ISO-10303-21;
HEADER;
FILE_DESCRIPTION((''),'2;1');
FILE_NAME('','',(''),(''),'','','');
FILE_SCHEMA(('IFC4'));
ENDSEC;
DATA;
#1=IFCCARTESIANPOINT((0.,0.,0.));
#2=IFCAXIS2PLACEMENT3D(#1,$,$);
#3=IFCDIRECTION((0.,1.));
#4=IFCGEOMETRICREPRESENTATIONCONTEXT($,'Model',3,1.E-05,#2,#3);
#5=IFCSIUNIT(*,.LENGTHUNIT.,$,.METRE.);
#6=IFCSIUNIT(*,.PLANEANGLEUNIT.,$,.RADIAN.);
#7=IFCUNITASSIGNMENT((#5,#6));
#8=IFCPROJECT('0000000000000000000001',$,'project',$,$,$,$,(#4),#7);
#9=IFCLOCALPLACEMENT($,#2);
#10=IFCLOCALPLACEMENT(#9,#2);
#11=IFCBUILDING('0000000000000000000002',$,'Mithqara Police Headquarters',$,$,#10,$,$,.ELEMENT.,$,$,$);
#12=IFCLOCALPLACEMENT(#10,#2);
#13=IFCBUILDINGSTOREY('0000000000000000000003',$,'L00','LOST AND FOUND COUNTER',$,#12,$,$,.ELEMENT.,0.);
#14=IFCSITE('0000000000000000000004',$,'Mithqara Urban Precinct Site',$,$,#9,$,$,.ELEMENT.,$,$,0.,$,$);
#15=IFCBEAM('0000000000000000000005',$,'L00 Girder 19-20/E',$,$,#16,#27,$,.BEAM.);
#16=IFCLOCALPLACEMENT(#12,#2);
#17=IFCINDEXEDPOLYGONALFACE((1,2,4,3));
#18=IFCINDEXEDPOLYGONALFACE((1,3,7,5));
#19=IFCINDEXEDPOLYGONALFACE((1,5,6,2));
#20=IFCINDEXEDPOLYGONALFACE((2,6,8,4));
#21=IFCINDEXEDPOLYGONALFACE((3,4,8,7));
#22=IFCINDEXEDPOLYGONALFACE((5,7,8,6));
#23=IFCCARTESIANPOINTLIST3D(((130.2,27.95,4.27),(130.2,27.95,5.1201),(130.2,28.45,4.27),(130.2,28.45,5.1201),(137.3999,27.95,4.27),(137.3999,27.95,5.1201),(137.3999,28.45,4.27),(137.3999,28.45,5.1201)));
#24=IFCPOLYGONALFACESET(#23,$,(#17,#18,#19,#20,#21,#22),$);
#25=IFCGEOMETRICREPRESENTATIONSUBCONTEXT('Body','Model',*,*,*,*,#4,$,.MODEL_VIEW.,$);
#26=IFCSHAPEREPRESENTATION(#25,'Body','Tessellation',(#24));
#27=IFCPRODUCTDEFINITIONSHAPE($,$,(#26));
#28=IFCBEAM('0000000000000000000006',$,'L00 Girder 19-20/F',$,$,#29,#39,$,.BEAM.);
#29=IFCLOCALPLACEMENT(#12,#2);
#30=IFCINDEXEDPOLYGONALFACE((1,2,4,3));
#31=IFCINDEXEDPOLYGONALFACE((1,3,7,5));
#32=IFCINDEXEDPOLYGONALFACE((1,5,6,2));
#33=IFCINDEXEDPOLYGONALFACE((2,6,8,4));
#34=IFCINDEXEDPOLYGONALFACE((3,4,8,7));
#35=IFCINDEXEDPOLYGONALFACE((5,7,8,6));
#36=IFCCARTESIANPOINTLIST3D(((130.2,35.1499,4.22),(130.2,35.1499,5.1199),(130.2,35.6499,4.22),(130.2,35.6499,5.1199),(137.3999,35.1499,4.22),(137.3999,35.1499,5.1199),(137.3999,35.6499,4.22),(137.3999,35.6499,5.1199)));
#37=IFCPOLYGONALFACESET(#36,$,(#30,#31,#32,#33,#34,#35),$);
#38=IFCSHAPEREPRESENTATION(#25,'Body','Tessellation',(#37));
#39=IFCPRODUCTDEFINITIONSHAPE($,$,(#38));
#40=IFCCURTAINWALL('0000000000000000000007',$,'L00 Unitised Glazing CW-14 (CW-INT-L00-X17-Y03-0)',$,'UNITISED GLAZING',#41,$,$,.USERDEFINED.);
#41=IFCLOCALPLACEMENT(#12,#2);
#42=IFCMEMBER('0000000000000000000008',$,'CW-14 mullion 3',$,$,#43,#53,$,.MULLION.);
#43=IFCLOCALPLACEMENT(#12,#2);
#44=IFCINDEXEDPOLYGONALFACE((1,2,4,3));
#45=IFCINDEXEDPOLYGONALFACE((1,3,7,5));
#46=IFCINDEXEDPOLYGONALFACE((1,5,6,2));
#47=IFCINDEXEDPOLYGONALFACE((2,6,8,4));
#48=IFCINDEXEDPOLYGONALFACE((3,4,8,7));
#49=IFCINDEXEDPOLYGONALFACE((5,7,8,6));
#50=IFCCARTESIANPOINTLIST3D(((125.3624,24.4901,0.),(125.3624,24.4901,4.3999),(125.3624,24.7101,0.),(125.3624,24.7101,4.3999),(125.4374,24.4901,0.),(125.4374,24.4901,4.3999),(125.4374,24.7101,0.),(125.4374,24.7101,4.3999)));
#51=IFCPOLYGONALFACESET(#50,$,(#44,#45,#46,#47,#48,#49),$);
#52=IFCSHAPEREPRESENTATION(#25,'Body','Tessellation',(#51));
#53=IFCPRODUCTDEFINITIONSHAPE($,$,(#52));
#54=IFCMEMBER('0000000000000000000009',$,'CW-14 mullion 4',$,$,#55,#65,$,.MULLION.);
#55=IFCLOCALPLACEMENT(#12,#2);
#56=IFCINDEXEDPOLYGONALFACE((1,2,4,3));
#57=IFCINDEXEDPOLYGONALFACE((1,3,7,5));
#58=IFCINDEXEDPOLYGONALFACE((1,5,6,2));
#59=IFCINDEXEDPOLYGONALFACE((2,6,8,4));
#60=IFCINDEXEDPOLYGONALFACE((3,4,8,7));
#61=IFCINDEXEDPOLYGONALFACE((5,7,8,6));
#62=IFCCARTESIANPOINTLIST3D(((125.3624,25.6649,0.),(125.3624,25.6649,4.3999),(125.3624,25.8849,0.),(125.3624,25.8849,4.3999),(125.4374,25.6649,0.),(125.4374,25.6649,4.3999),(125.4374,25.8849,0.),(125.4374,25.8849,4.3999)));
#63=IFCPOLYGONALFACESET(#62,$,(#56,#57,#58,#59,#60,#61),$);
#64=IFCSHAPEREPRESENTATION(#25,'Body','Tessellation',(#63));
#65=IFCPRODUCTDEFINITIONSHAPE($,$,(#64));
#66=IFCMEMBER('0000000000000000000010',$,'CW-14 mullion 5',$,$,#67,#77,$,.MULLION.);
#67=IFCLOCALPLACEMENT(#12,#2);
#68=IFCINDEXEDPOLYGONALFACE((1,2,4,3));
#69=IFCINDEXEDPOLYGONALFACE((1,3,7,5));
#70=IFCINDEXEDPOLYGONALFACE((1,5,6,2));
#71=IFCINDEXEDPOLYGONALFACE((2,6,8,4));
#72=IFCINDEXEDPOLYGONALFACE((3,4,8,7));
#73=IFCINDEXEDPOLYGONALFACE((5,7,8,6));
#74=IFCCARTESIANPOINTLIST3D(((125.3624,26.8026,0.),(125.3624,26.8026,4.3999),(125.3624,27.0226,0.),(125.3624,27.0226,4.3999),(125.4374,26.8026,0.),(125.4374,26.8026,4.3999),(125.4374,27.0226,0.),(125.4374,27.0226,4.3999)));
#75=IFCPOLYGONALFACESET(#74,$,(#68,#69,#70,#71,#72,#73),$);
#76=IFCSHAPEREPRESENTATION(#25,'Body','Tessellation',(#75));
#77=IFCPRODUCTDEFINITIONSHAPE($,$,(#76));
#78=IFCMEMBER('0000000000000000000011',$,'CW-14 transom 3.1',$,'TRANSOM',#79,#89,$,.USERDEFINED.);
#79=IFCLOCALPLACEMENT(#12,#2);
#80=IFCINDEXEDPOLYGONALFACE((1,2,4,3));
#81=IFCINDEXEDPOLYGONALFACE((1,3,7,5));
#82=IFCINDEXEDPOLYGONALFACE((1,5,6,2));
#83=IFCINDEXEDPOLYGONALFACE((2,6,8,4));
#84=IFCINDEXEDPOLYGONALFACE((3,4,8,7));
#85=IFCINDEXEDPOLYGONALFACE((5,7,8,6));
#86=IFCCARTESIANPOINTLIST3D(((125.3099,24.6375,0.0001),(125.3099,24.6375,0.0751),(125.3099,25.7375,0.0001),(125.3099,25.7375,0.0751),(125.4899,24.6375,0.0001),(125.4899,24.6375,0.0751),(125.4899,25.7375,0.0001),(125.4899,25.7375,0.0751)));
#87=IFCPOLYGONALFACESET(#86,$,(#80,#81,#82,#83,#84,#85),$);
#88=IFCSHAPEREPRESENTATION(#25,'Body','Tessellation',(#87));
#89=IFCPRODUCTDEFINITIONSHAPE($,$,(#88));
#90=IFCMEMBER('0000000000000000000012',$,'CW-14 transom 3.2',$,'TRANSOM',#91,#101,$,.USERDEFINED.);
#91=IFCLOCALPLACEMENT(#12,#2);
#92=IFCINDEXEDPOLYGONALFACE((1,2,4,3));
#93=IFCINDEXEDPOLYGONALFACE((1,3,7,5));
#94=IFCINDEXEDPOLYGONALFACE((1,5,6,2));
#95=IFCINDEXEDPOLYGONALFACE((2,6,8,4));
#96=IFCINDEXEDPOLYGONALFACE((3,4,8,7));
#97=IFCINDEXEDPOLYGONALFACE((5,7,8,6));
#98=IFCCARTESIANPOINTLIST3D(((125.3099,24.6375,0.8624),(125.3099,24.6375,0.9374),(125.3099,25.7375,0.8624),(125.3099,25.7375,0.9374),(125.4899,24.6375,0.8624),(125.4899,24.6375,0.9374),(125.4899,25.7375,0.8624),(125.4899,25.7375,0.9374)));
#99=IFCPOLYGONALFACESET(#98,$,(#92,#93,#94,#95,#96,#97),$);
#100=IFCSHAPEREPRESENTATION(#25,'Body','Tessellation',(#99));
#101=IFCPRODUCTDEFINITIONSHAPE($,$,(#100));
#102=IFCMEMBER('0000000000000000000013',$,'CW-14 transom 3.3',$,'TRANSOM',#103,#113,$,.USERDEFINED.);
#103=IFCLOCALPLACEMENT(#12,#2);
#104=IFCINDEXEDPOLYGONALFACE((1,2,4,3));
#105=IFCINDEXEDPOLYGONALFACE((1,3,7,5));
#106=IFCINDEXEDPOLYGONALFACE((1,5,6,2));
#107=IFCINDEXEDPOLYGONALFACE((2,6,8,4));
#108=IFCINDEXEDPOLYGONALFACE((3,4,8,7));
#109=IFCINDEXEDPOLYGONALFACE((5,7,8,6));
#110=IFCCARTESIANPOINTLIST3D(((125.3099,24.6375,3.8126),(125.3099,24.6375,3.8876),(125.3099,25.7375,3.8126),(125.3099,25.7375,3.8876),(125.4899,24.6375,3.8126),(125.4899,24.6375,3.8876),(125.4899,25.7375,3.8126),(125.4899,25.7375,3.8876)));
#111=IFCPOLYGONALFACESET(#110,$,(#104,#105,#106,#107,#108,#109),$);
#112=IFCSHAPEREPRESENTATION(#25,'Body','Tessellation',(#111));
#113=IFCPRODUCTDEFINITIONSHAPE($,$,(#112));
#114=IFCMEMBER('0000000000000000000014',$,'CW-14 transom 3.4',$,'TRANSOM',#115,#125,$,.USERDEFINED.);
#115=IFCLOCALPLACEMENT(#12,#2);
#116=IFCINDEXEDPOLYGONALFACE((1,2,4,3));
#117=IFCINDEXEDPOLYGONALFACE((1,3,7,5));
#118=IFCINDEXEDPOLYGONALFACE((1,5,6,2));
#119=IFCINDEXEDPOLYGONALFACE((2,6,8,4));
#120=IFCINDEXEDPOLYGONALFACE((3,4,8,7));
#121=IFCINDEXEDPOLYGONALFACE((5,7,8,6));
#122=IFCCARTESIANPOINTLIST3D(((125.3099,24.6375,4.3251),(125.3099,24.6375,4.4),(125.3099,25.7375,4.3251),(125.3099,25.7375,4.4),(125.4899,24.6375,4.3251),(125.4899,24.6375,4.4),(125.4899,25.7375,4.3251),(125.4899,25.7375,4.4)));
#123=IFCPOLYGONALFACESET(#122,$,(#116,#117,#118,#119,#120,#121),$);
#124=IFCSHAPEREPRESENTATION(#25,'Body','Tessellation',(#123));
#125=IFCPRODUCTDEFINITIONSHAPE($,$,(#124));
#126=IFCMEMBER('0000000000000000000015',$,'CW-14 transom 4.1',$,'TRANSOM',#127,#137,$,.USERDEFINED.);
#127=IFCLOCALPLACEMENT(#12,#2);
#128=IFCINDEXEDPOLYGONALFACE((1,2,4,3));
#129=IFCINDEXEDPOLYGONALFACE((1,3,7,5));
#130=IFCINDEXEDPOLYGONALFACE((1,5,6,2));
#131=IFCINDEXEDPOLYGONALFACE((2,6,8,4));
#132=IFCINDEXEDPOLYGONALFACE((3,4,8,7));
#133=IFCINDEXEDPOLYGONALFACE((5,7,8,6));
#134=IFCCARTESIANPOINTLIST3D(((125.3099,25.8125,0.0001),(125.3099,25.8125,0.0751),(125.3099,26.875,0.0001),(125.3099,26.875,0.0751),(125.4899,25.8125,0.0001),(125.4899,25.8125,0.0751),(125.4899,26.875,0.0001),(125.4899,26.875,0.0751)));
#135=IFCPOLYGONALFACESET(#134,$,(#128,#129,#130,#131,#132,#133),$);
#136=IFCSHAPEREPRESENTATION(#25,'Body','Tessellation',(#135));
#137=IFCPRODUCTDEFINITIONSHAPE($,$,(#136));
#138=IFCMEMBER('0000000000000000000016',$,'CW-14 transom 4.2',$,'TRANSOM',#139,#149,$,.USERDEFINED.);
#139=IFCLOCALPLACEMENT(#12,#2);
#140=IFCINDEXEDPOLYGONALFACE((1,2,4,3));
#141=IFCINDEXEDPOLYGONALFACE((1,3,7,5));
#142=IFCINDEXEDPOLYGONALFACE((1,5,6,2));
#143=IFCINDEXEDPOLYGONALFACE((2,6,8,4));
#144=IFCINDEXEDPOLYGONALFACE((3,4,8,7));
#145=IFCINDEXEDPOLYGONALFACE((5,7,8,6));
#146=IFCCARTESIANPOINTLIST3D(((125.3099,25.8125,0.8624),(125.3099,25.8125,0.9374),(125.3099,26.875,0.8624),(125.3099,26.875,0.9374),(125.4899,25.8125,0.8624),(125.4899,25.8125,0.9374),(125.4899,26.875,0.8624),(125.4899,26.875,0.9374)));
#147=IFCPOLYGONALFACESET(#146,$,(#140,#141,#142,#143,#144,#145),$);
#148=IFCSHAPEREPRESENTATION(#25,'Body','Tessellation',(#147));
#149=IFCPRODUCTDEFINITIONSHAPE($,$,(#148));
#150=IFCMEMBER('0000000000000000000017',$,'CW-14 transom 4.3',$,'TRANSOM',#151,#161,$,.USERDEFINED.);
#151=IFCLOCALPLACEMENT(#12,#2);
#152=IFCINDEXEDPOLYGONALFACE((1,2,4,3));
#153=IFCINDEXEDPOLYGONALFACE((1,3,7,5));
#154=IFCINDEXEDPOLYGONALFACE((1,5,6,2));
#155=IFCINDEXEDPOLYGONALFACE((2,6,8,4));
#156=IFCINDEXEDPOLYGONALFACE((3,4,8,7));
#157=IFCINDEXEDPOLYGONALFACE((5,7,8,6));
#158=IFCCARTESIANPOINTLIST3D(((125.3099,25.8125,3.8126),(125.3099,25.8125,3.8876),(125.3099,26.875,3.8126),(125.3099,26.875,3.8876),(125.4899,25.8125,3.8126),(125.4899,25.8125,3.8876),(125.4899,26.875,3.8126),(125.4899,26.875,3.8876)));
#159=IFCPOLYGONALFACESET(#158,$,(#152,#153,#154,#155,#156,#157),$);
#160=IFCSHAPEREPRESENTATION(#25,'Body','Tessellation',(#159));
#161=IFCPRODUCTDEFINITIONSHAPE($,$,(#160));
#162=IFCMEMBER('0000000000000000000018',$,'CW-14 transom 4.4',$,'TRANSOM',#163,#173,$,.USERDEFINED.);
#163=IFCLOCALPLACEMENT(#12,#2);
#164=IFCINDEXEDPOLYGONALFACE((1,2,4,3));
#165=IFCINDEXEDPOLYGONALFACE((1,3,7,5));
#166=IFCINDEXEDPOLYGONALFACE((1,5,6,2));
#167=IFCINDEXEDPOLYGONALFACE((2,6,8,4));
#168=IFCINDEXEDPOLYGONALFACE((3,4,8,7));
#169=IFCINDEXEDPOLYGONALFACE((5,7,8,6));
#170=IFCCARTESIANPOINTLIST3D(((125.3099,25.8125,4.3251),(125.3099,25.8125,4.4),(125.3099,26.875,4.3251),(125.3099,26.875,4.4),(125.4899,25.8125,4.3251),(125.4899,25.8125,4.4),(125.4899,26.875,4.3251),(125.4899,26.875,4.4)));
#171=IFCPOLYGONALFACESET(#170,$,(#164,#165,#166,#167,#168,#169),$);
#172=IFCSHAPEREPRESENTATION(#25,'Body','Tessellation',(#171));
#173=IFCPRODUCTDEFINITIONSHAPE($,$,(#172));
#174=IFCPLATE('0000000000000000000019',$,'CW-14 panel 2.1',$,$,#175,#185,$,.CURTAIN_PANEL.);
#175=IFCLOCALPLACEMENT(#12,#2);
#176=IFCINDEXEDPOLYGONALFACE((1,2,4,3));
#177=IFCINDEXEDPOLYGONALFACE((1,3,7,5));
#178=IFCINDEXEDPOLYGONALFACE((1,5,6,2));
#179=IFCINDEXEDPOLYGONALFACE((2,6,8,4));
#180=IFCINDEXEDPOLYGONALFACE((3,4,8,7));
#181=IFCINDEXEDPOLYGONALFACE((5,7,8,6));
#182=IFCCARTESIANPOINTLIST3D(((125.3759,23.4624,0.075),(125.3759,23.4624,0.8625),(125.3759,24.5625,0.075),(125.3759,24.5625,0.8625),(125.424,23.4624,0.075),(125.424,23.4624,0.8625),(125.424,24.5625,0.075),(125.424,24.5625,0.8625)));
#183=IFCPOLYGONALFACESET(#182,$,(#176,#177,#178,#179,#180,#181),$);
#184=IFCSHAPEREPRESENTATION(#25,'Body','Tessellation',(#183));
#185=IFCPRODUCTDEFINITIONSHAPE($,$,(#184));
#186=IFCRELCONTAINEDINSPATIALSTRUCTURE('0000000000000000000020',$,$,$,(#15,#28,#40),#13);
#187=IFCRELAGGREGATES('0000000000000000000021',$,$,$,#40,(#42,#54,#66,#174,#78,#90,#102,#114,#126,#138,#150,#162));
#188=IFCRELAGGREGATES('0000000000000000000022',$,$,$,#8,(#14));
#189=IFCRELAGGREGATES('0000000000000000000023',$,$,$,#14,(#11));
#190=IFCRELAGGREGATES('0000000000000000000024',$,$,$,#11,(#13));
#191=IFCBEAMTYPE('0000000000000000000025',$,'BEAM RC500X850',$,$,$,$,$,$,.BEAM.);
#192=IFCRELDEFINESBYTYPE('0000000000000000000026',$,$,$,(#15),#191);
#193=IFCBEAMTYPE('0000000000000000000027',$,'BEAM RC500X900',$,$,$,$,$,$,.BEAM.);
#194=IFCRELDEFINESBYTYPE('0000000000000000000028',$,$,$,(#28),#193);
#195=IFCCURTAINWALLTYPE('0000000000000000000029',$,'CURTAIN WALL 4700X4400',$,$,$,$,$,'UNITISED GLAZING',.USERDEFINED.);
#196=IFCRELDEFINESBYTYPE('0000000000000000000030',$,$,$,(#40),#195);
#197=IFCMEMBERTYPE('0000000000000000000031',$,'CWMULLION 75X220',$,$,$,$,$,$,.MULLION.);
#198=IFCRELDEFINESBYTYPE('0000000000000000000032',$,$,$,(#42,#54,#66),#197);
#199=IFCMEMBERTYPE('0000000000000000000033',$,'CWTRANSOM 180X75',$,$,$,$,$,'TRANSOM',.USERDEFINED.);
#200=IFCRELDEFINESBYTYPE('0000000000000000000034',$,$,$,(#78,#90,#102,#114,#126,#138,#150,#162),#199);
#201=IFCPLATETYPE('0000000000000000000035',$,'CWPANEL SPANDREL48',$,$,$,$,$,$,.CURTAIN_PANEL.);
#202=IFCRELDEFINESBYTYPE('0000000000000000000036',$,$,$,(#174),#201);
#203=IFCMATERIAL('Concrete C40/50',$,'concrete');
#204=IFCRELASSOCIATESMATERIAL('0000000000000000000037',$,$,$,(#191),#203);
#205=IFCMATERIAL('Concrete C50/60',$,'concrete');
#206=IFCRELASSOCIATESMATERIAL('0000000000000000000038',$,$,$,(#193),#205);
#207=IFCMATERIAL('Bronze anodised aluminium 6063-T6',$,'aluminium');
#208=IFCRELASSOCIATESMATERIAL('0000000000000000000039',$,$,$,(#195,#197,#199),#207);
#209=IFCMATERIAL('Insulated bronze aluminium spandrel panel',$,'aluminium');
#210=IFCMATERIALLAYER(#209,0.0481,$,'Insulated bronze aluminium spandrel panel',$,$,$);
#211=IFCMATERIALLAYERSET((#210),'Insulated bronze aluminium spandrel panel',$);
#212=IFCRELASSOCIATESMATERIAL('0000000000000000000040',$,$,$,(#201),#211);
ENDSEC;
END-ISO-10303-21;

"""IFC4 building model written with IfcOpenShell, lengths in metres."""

from ifc_helpers import new_model, si_unit, direction, frame, origin, origin_2d, place, context, subcontext, project, spatial, rectangle, extrude, material, layer, layer_set, material_profile, profile_set, type_object, element, aggregate, save


model = new_model("IFC4")

# Units and contexts
model_context = context("Model", 3, precision=1e-05, world=origin(), true_north=direction((0.0, 1.0)))
body_context = subcontext(model_context, "Body", "Model", "MODEL_VIEW")
ifc_project = project(units=[si_unit("LENGTHUNIT", "METRE"), si_unit("PLANEANGLEUNIT", "RADIAN")], contexts=[model_context])

# Site, building, storey
site_placement = place(None, origin())
site = spatial("IfcSite", under=ifc_project, at=site_placement, Name="Mithqara Urban Precinct Site", CompositionType="ELEMENT", RefElevation=0.0)
building_placement = place(site_placement, origin())
building = spatial("IfcBuilding", under=site, at=building_placement, Name="Mithqara Police Headquarters", CompositionType="ELEMENT")
storey_placement = place(building_placement, origin())
storey = spatial("IfcBuildingStorey", under=building, at=storey_placement, Name="L00", Description="LOST AND FOUND COUNTER", CompositionType="ELEMENT", Elevation=0.0)

# Shared definitions
ifc_material_1 = material(Name="Concrete C50/60", Category="concrete")

# Beams
ifc_material_2 = material(Name="Concrete C40/50", Category="concrete")
ifc_material_profile_1 = material_profile(ifc_material_2, rectangle(XDim=0.5, YDim=0.8501, at=origin_2d()), Name="RC 500x850")
ifc_profile_set_1 = profile_set([ifc_material_profile_1], Name="Concrete C40/50")
beam_type_1 = type_object("IfcBeamType", Name="BEAM RC500X850", PredefinedType="BEAM", material=ifc_profile_set_1)
beam_1_placement = place(storey_placement, frame((130.2, 28.2, 4.6951), z_axis=(1.0, 0.0, 0.0), x_axis=(0.0, 1.0, 0.0)))
element("IfcBeam", 1, at=beam_1_placement, inside=storey, type_object=beam_type_1, Name="L00 Girder 19-20/E", PredefinedType="BEAM", context=body_context, shape_type="SweptSolid", body=[
    extrude(rectangle(XDim=0.5, YDim=0.8501, at=origin_2d()), origin(), (0.0, 0.0, 1.0), 7.2),
])
ifc_material_profile_2 = material_profile(ifc_material_1, rectangle(XDim=0.5, YDim=0.8999, at=origin_2d()), Name="RC 500x900")
ifc_profile_set_2 = profile_set([ifc_material_profile_2], Name="Concrete C50/60")
beam_type_2 = type_object("IfcBeamType", Name="BEAM RC500X900", PredefinedType="BEAM", material=ifc_profile_set_2)
beam_2_placement = place(storey_placement, frame((130.2, 35.3999, 4.6699), z_axis=(1.0, 0.0, 0.0), x_axis=(0.0, 1.0, 0.0)))
element("IfcBeam", 2, at=beam_2_placement, inside=storey, type_object=beam_type_2, Name="L00 Girder 19-20/F", PredefinedType="BEAM", context=body_context, shape_type="SweptSolid", body=[
    extrude(rectangle(XDim=0.5, YDim=0.8999, at=origin_2d()), origin(), (0.0, 0.0, 1.0), 7.2),
])

# Curtain wall, members, plate
ifc_material_3 = material(Name="Bronze anodised aluminium 6063-T6", Category="aluminium")
curtain_wall_type = type_object("IfcCurtainWallType", Name="CURTAIN WALL 4700X4400", ElementType="UNITISED GLAZING", PredefinedType="USERDEFINED", material=ifc_material_3)
curtain_wall_placement = place(storey_placement, origin())
curtain_wall = element("IfcCurtainWall", 3, at=curtain_wall_placement, inside=storey, type_object=curtain_wall_type, Name="L00 Unitised Glazing CW-14 (CW-INT-L00-X17-Y03-0)", ObjectType="UNITISED GLAZING", PredefinedType="USERDEFINED")
ifc_material_profile_3 = material_profile(ifc_material_3, rectangle(XDim=0.075, YDim=0.22, at=origin_2d()), Name="CWM 75x220")
ifc_profile_set_3 = profile_set([ifc_material_profile_3], Name="Bronze anodised aluminium 6063-T6")
member_type_1 = type_object("IfcMemberType", Name="CWMULLION 75X220", PredefinedType="MULLION", material=ifc_profile_set_3)
member_1_placement = place(storey_placement, frame((125.3999, 24.6001, 0.0), z_axis=(0.0, 0.0, 1.0), x_axis=(-1.0, 0.0, 0.0)))
member_1 = element("IfcMember", 4, at=member_1_placement, type_object=member_type_1, Name="CW-14 mullion 3", PredefinedType="MULLION", context=body_context, shape_type="SweptSolid", body=[
    extrude(rectangle(XDim=0.075, YDim=0.22, at=origin_2d()), origin(), (0.0, 0.0, 1.0), 4.3999),
])
member_2_placement = place(storey_placement, frame((125.3999, 25.7749, 0.0), z_axis=(0.0, 0.0, 1.0), x_axis=(-1.0, 0.0, 0.0)))
member_2 = element("IfcMember", 5, at=member_2_placement, type_object=member_type_1, Name="CW-14 mullion 4", PredefinedType="MULLION", context=body_context, shape_type="SweptSolid", body=[
    extrude(rectangle(XDim=0.075, YDim=0.22, at=origin_2d()), origin(), (0.0, 0.0, 1.0), 4.3999),
])
member_3_placement = place(storey_placement, frame((125.3999, 26.9126, 0.0), z_axis=(0.0, 0.0, 1.0), x_axis=(-1.0, 0.0, 0.0)))
member_3 = element("IfcMember", 6, at=member_3_placement, type_object=member_type_1, Name="CW-14 mullion 5", PredefinedType="MULLION", context=body_context, shape_type="SweptSolid", body=[
    extrude(rectangle(XDim=0.075, YDim=0.22, at=origin_2d()), origin(), (0.0, 0.0, 1.0), 4.3999),
])
ifc_material_profile_4 = material_profile(ifc_material_3, rectangle(XDim=0.1799, YDim=0.075, at=origin_2d()), Name="CWT 180x75")
ifc_profile_set_4 = profile_set([ifc_material_profile_4], Name="Bronze anodised aluminium 6063-T6")
member_type_2 = type_object("IfcMemberType", Name="CWTRANSOM 180X75", ElementType="TRANSOM", PredefinedType="USERDEFINED", material=ifc_profile_set_4)
member_4_placement = place(storey_placement, frame((125.3999, 24.6375, 0.0376), z_axis=(0.0, 1.0, 0.0), x_axis=(-1.0, 0.0, 0.0)))
member_4 = element("IfcMember", 7, at=member_4_placement, type_object=member_type_2, Name="CW-14 transom 3.1", ObjectType="TRANSOM", PredefinedType="USERDEFINED", context=body_context, shape_type="SweptSolid", body=[
    extrude(rectangle(XDim=0.1799, YDim=0.075, at=origin_2d()), origin(), (0.0, 0.0, 1.0), 1.1001),
])
member_5_placement = place(storey_placement, frame((125.3999, 24.6375, 0.8999), z_axis=(0.0, 1.0, 0.0), x_axis=(-1.0, 0.0, 0.0)))
member_5 = element("IfcMember", 8, at=member_5_placement, type_object=member_type_2, Name="CW-14 transom 3.2", ObjectType="TRANSOM", PredefinedType="USERDEFINED", context=body_context, shape_type="SweptSolid", body=[
    extrude(rectangle(XDim=0.1799, YDim=0.075, at=origin_2d()), origin(), (0.0, 0.0, 1.0), 1.1001),
])
member_6_placement = place(storey_placement, frame((125.3999, 24.6375, 3.8501), z_axis=(0.0, 1.0, 0.0), x_axis=(-1.0, 0.0, 0.0)))
member_6 = element("IfcMember", 9, at=member_6_placement, type_object=member_type_2, Name="CW-14 transom 3.3", ObjectType="TRANSOM", PredefinedType="USERDEFINED", context=body_context, shape_type="SweptSolid", body=[
    extrude(rectangle(XDim=0.1799, YDim=0.075, at=origin_2d()), origin(), (0.0, 0.0, 1.0), 1.1001),
])
member_7_placement = place(storey_placement, frame((125.3999, 24.6375, 4.3625), z_axis=(0.0, 1.0, 0.0), x_axis=(-1.0, 0.0, 0.0)))
member_7 = element("IfcMember", 10, at=member_7_placement, type_object=member_type_2, Name="CW-14 transom 3.4", ObjectType="TRANSOM", PredefinedType="USERDEFINED", context=body_context, shape_type="SweptSolid", body=[
    extrude(rectangle(XDim=0.1799, YDim=0.075, at=origin_2d()), origin(), (0.0, 0.0, 1.0), 1.1001),
])
member_8_placement = place(storey_placement, frame((125.3999, 25.8125, 0.0376), z_axis=(0.0, 1.0, 0.0), x_axis=(-1.0, 0.0, 0.0)))
member_8 = element("IfcMember", 11, at=member_8_placement, type_object=member_type_2, Name="CW-14 transom 4.1", ObjectType="TRANSOM", PredefinedType="USERDEFINED", context=body_context, shape_type="SweptSolid", body=[
    extrude(rectangle(XDim=0.1799, YDim=0.075, at=origin_2d()), origin(), (0.0, 0.0, 1.0), 1.0625),
])
member_9_placement = place(storey_placement, frame((125.3999, 25.8125, 0.8999), z_axis=(0.0, 1.0, 0.0), x_axis=(-1.0, 0.0, 0.0)))
member_9 = element("IfcMember", 12, at=member_9_placement, type_object=member_type_2, Name="CW-14 transom 4.2", ObjectType="TRANSOM", PredefinedType="USERDEFINED", context=body_context, shape_type="SweptSolid", body=[
    extrude(rectangle(XDim=0.1799, YDim=0.075, at=origin_2d()), origin(), (0.0, 0.0, 1.0), 1.0625),
])
member_10_placement = place(storey_placement, frame((125.3999, 25.8125, 3.8501), z_axis=(0.0, 1.0, 0.0), x_axis=(-1.0, 0.0, 0.0)))
member_10 = element("IfcMember", 13, at=member_10_placement, type_object=member_type_2, Name="CW-14 transom 4.3", ObjectType="TRANSOM", PredefinedType="USERDEFINED", context=body_context, shape_type="SweptSolid", body=[
    extrude(rectangle(XDim=0.1799, YDim=0.075, at=origin_2d()), origin(), (0.0, 0.0, 1.0), 1.0625),
])
member_11_placement = place(storey_placement, frame((125.3999, 25.8125, 4.3625), z_axis=(0.0, 1.0, 0.0), x_axis=(-1.0, 0.0, 0.0)))
member_11 = element("IfcMember", 14, at=member_11_placement, type_object=member_type_2, Name="CW-14 transom 4.4", ObjectType="TRANSOM", PredefinedType="USERDEFINED", context=body_context, shape_type="SweptSolid", body=[
    extrude(rectangle(XDim=0.1799, YDim=0.075, at=origin_2d()), origin(), (0.0, 0.0, 1.0), 1.0625),
])
ifc_material_4 = material(Name="Insulated bronze aluminium spandrel panel", Category="aluminium")
ifc_layer_1 = layer(ifc_material_4, 0.0481, Name="Insulated bronze aluminium spandrel panel")
ifc_layer_set_1 = layer_set([ifc_layer_1], Name="Insulated bronze aluminium spandrel panel")
plate_type = type_object("IfcPlateType", Name="CWPANEL SPANDREL48", PredefinedType="CURTAIN_PANEL", material=ifc_layer_set_1)
plate_1_placement = place(storey_placement, frame((125.3999, 24.0125, 0.075), z_axis=(0.0, 0.0, 1.0), x_axis=(0.0, 1.0, 0.0)))
plate_1 = element("IfcPlate", 15, at=plate_1_placement, type_object=plate_type, Name="CW-14 panel 2.1", PredefinedType="CURTAIN_PANEL", context=body_context, shape_type="SweptSolid", body=[
    extrude(rectangle(XDim=1.1001, YDim=0.0481, at=origin_2d()), origin(), (0.0, 0.0, 1.0), 0.7876),
])
aggregate(curtain_wall, [member_1, member_2, member_3, plate_1, member_4, member_5, member_6, member_7, member_8, member_9, member_10, member_11])

save(model, "model.ifc")
